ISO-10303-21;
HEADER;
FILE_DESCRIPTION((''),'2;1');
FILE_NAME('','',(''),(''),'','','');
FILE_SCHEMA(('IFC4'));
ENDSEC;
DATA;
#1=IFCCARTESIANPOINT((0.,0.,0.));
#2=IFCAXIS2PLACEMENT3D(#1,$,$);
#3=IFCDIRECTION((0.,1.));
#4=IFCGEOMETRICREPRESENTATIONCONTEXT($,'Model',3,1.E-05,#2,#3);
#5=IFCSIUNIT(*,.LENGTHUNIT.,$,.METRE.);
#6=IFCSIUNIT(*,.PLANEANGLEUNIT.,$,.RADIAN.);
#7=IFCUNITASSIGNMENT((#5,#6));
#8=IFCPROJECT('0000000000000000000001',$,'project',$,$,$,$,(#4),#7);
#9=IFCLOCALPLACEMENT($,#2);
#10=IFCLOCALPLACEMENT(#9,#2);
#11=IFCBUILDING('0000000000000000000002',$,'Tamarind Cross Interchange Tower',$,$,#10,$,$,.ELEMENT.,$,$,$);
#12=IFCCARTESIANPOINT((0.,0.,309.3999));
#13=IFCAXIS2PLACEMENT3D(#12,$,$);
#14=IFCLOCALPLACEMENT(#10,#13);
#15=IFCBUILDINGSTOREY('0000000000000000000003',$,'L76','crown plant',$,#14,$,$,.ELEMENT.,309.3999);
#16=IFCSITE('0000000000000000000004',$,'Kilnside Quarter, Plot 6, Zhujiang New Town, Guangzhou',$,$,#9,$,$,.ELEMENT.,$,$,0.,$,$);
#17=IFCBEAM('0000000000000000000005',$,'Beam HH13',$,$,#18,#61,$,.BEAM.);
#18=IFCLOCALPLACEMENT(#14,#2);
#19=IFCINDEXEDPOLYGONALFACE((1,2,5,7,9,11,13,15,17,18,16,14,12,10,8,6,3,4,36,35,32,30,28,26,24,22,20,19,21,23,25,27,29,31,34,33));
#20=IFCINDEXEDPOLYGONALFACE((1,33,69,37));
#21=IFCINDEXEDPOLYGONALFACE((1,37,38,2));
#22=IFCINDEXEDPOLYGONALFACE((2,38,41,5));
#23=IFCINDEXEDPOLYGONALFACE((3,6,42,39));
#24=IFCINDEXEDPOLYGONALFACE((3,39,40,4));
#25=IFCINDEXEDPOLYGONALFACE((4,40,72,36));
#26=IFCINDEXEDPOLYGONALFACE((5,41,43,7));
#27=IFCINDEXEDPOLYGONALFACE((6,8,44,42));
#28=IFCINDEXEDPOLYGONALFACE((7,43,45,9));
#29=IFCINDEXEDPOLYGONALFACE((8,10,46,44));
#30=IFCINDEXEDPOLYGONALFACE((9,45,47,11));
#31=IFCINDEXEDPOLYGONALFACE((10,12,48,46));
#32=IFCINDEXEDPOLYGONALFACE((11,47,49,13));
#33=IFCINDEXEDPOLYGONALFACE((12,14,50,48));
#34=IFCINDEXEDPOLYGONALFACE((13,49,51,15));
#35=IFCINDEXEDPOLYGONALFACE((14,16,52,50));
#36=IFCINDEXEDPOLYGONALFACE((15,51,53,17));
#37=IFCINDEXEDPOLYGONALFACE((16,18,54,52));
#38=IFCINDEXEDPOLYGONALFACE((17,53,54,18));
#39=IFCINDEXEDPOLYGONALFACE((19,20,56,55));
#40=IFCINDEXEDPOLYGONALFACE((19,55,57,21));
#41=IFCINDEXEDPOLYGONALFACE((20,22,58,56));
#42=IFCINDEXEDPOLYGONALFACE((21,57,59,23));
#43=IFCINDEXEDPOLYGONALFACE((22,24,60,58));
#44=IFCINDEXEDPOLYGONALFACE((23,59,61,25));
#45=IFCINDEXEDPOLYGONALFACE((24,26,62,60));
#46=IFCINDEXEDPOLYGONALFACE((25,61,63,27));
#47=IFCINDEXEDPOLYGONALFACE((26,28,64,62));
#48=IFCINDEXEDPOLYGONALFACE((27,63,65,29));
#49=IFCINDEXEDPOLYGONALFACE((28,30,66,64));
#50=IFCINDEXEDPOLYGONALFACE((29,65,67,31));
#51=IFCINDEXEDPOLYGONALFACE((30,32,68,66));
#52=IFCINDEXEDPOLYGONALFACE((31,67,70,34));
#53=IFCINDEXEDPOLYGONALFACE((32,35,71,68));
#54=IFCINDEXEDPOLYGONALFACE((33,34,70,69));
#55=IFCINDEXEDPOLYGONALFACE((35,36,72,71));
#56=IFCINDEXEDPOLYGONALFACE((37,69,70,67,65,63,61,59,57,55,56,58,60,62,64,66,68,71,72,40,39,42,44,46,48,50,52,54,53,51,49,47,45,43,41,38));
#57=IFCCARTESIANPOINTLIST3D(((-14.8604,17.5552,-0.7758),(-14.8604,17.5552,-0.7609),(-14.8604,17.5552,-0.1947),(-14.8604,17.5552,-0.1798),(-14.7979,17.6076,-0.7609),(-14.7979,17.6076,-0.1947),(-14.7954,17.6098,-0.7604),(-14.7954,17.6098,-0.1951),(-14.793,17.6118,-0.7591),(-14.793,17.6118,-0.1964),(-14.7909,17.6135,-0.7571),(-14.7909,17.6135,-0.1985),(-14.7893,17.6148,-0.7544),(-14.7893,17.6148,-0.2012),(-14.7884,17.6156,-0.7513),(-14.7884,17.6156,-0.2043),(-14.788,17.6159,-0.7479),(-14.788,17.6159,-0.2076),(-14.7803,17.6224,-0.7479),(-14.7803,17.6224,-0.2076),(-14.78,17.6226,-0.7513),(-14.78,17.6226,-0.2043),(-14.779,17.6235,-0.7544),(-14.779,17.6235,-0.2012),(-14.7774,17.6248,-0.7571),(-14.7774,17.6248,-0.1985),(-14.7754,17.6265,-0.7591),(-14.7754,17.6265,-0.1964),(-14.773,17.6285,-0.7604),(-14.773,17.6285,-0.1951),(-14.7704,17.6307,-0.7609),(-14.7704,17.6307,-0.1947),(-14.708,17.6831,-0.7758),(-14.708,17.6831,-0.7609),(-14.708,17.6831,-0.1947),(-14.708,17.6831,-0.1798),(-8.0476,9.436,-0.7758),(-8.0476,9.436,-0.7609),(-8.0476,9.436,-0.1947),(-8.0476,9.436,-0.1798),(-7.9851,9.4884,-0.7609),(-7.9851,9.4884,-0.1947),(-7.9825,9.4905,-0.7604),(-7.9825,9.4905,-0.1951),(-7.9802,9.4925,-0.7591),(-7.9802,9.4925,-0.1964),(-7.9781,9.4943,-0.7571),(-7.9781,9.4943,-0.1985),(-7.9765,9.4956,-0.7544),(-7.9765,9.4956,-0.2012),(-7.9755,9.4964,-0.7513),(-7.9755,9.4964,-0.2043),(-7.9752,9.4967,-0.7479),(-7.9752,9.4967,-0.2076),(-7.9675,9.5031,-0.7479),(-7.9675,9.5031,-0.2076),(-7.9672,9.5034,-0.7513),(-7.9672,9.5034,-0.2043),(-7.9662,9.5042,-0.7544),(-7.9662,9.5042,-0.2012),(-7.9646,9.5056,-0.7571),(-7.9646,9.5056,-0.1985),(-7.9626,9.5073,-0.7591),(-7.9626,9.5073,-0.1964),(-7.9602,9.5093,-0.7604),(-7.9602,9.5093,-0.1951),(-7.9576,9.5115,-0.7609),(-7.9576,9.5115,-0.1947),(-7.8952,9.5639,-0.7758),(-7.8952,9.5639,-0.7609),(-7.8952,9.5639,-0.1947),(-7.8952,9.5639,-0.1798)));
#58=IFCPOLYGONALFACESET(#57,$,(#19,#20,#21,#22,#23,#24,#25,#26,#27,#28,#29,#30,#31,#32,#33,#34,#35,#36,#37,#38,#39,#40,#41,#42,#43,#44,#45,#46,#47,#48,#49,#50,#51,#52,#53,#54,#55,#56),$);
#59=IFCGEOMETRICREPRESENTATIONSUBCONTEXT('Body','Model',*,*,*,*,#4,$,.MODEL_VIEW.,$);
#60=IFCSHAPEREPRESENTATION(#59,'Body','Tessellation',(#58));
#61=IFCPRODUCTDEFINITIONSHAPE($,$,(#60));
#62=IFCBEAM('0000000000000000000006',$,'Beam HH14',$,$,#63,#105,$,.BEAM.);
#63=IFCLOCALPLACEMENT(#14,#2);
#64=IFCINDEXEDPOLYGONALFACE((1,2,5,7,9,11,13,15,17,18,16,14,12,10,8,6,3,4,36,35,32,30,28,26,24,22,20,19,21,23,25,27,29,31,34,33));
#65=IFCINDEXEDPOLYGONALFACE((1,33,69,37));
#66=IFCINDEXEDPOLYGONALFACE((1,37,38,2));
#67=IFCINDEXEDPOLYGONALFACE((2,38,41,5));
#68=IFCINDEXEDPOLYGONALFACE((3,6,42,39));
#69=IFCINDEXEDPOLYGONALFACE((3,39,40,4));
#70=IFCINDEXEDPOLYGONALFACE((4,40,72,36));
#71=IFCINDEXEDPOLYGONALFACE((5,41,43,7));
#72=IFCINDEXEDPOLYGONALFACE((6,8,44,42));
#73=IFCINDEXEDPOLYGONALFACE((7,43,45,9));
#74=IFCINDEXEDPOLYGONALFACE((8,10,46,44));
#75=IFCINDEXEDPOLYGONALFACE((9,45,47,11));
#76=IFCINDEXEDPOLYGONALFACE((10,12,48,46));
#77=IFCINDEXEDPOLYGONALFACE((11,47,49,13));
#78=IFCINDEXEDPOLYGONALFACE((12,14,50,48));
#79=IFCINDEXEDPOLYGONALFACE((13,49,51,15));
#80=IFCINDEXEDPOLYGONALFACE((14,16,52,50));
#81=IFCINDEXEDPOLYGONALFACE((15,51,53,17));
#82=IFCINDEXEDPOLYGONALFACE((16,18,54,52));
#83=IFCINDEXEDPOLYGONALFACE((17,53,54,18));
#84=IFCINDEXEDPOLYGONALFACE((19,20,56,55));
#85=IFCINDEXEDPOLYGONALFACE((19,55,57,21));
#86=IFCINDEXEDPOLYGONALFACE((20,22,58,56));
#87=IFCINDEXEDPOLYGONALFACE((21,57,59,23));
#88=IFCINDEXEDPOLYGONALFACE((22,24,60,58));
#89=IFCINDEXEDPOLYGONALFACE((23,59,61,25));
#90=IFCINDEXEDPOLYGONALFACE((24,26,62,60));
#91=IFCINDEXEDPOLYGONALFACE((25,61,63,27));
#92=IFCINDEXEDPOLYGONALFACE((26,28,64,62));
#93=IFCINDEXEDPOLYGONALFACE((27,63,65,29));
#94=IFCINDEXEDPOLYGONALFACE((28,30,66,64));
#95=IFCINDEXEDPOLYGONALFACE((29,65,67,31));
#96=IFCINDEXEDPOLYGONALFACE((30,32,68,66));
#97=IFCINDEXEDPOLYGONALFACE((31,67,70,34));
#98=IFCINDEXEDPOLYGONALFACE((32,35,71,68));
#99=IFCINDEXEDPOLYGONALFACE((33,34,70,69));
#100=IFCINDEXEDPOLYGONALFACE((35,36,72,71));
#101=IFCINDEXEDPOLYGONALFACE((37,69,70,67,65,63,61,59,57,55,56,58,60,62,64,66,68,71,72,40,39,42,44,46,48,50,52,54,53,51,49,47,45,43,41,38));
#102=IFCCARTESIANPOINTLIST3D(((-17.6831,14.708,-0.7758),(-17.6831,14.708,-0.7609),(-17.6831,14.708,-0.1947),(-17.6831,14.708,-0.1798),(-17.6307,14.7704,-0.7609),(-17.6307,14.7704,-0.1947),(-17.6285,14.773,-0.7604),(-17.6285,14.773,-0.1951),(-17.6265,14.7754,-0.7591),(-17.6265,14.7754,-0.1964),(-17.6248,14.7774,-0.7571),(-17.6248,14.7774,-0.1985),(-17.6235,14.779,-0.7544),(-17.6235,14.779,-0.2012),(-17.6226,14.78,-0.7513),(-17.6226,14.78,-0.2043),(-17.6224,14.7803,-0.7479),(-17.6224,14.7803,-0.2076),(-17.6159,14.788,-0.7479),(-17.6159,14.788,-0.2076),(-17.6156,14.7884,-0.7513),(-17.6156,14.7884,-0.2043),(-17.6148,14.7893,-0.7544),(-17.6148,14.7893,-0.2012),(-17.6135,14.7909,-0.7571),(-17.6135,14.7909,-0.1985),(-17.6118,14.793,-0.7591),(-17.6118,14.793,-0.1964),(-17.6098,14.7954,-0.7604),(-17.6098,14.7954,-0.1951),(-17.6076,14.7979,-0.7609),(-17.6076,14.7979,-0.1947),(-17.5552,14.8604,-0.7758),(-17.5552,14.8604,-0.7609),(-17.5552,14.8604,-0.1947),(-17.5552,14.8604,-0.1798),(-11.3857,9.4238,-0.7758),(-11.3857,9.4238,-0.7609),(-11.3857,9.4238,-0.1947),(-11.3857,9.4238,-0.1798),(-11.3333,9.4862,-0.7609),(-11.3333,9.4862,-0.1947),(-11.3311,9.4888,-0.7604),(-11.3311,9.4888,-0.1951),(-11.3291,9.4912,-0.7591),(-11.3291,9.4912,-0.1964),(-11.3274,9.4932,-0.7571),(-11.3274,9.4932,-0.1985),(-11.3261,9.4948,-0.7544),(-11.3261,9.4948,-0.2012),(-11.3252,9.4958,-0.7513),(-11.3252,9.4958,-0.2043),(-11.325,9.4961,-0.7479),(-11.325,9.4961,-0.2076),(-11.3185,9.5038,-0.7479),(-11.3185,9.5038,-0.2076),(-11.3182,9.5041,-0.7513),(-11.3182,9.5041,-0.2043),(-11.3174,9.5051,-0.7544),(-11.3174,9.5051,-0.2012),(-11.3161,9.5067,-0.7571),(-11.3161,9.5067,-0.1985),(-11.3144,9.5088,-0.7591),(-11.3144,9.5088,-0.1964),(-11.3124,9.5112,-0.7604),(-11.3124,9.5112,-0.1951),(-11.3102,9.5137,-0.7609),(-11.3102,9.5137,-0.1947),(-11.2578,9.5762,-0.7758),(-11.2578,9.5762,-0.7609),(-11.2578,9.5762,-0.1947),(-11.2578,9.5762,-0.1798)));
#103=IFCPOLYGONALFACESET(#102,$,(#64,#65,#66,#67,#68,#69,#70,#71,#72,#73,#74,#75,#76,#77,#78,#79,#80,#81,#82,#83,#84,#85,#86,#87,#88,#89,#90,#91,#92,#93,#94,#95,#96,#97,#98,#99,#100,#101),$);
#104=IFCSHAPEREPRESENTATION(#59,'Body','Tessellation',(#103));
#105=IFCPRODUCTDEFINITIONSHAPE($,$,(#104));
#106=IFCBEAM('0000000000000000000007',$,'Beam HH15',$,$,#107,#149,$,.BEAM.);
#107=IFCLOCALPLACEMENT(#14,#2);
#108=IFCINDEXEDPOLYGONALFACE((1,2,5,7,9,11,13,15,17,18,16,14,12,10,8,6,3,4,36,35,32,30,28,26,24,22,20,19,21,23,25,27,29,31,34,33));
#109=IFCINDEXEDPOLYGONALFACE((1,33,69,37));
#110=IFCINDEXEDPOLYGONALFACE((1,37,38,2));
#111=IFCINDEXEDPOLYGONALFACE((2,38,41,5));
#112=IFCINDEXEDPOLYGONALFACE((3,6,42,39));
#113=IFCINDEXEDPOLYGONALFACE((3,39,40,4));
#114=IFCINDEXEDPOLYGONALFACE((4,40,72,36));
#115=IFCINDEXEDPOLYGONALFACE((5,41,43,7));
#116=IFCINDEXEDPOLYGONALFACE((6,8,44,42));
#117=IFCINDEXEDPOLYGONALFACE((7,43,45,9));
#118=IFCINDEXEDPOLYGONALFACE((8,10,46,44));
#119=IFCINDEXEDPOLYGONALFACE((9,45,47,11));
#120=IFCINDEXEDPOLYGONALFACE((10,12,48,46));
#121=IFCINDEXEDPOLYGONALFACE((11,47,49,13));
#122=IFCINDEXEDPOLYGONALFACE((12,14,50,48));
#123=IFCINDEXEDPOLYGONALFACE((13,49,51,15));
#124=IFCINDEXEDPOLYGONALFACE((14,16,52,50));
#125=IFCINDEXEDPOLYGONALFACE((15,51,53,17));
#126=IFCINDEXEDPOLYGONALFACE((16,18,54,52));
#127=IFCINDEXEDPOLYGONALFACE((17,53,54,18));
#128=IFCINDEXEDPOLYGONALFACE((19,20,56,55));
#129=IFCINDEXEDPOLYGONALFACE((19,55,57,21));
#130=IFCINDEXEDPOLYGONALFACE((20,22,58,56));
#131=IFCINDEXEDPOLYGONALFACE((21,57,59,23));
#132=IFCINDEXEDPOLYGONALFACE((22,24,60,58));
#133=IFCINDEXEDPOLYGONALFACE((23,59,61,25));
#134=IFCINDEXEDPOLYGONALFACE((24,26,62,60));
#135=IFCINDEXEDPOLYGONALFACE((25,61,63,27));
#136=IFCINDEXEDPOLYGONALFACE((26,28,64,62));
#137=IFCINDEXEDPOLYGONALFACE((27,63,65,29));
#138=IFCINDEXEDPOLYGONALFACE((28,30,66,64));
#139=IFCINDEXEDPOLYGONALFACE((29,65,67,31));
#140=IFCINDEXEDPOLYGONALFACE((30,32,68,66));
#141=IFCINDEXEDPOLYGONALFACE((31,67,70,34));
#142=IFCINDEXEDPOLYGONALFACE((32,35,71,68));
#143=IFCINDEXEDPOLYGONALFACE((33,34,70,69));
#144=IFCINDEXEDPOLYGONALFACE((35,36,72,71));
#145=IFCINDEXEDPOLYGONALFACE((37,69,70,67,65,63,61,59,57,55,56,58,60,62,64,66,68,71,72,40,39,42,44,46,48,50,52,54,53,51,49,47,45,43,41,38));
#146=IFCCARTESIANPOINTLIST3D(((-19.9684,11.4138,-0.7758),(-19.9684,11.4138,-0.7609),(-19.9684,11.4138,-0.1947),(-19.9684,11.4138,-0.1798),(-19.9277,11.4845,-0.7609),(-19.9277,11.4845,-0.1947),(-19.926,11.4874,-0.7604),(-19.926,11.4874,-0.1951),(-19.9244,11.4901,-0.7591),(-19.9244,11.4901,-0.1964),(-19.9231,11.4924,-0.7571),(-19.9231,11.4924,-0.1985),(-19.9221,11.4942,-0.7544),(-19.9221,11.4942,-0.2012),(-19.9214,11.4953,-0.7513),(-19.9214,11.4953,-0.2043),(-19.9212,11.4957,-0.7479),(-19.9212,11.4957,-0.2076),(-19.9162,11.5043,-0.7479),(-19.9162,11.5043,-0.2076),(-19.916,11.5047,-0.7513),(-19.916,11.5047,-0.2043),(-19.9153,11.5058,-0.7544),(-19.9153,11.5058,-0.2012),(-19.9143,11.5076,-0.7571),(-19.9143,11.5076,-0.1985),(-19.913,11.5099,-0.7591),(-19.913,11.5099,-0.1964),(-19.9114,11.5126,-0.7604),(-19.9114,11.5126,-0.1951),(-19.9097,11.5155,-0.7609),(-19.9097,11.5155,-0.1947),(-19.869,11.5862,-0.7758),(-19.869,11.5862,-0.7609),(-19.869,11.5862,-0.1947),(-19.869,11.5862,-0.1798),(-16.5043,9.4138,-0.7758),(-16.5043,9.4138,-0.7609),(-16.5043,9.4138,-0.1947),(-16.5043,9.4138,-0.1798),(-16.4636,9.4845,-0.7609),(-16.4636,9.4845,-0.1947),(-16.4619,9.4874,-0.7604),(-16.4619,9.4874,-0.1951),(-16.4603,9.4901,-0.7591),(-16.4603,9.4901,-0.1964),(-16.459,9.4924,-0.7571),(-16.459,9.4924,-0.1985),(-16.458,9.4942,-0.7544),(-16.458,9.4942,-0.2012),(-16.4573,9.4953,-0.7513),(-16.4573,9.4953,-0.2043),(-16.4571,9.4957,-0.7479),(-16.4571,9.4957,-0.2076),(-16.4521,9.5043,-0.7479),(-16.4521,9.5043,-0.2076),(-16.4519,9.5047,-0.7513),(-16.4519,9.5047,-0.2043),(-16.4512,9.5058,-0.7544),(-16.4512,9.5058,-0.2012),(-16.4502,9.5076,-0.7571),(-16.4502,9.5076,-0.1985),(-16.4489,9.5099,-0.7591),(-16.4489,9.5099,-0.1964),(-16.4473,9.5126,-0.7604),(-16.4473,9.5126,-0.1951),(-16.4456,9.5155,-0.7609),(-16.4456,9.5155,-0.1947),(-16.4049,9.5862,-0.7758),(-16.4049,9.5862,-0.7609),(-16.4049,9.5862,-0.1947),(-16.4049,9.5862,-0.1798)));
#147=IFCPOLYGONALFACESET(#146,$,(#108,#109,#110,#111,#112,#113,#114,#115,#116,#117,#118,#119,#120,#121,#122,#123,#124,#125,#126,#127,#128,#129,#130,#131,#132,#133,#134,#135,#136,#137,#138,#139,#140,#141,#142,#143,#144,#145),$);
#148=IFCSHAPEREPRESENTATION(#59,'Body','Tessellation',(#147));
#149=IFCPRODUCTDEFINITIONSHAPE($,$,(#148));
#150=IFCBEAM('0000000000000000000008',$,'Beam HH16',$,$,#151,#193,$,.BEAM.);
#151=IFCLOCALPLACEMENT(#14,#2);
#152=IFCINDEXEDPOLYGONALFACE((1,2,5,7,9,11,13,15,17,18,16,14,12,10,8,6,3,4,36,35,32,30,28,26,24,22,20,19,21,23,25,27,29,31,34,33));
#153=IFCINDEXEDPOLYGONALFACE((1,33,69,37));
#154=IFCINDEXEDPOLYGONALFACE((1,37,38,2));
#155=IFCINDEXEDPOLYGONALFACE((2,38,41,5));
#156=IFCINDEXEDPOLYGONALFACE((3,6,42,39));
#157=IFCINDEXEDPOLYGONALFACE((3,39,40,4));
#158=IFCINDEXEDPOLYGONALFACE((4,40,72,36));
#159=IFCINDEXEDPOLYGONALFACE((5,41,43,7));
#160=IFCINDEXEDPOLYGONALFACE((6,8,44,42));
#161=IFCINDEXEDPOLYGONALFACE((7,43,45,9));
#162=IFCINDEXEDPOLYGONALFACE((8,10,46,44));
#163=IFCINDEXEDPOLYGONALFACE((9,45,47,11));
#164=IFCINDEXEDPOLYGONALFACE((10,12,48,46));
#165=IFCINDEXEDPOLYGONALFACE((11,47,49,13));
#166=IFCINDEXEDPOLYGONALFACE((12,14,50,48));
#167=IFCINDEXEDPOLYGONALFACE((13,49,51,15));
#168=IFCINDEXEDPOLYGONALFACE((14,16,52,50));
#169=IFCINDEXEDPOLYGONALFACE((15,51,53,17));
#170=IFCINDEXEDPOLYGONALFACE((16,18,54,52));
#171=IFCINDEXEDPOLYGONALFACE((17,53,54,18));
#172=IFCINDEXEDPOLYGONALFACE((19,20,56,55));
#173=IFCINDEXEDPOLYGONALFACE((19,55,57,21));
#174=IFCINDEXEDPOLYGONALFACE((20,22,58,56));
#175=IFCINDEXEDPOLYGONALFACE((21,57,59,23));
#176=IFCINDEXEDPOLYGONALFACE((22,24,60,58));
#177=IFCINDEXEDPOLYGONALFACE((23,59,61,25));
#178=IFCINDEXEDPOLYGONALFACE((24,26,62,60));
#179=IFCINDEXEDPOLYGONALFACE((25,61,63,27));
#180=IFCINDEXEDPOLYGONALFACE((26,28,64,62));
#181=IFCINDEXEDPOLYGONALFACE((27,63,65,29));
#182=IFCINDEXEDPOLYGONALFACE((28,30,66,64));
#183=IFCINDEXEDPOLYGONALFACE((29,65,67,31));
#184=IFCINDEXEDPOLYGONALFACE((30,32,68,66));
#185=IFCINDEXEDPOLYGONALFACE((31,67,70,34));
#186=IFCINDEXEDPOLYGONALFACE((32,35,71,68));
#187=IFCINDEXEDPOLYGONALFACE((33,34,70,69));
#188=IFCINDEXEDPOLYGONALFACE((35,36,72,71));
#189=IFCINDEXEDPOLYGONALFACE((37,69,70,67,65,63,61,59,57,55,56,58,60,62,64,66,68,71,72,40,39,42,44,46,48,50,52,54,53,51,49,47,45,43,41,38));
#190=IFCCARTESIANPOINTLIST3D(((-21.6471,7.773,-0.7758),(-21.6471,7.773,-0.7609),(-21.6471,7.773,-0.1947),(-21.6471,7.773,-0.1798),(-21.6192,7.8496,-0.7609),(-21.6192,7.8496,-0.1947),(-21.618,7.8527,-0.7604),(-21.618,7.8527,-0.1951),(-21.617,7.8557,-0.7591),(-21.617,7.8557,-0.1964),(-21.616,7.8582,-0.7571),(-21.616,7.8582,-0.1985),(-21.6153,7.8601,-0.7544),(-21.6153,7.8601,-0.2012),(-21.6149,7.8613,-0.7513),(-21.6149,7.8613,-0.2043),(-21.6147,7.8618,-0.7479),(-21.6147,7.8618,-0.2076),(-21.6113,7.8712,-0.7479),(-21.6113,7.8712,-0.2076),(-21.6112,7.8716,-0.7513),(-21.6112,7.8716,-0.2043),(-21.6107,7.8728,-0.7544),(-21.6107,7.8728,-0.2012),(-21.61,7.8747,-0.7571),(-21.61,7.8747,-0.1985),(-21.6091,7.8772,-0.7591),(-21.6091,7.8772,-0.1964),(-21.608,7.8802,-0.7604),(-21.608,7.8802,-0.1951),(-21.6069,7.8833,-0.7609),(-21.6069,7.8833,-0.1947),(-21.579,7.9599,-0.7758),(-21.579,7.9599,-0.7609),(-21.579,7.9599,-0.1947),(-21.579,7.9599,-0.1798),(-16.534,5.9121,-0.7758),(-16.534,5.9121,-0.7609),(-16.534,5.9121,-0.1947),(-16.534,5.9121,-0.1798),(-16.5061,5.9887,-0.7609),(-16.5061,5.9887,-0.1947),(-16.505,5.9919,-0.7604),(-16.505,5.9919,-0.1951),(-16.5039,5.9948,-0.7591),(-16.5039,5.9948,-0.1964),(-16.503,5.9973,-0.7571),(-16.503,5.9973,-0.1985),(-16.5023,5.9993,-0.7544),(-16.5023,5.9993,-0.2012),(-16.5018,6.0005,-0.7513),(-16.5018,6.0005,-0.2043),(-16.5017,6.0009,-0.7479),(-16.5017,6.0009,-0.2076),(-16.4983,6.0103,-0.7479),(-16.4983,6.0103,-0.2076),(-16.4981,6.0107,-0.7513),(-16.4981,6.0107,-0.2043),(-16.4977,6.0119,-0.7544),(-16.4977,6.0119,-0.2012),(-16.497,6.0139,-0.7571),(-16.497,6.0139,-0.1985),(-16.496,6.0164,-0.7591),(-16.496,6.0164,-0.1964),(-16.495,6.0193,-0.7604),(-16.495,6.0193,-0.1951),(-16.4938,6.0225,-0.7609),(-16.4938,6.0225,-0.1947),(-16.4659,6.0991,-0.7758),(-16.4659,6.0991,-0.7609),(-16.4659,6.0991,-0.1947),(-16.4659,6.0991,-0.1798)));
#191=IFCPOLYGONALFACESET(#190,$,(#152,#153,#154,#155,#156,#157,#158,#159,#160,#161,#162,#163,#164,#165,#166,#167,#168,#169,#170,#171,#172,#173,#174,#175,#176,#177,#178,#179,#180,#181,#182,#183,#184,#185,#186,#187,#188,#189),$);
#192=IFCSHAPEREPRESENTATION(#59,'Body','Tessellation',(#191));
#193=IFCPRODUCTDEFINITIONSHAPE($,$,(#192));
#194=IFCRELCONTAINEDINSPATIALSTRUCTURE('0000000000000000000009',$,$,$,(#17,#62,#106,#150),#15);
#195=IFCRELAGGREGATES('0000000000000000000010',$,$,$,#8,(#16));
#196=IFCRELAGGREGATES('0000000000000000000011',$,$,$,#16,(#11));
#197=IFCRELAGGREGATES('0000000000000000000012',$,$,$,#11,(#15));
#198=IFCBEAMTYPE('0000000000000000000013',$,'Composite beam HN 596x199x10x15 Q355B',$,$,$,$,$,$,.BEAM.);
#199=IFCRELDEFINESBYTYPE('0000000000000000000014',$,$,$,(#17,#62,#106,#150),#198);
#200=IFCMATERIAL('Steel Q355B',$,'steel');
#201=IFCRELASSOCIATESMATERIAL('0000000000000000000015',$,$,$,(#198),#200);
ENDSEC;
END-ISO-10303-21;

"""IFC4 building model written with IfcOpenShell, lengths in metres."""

from ifc_helpers import new_model, si_unit, direction, frame, origin, origin_2d, place, context, subcontext, project, spatial, i_section, extrude, material, material_profile, profile_set, type_object, element, save


model = new_model("IFC4")

# Units and contexts
model_context = context("Model", 3, precision=1e-05, world=origin(), true_north=direction((0.0, 1.0)))
body_context = subcontext(model_context, "Body", "Model", "MODEL_VIEW")
ifc_project = project(units=[si_unit("LENGTHUNIT", "METRE"), si_unit("PLANEANGLEUNIT", "RADIAN")], contexts=[model_context])

# Site, building, storey
site_placement = place(None, origin())
site = spatial("IfcSite", under=ifc_project, at=site_placement, Name="Kilnside Quarter, Plot 6, Zhujiang New Town, Guangzhou", CompositionType="ELEMENT", RefElevation=0.0)
building_placement = place(site_placement, origin())
building = spatial("IfcBuilding", under=site, at=building_placement, Name="Tamarind Cross Interchange Tower", CompositionType="ELEMENT")
storey_placement = place(building_placement, frame((0.0, 0.0, 309.3999)))
storey = spatial("IfcBuildingStorey", under=building, at=storey_placement, Name="L76", Description="crown plant", CompositionType="ELEMENT", Elevation=309.3999)

# Beams
ifc_material_1 = material(Name="Steel Q355B", Category="steel")
ifc_material_profile_1 = material_profile(ifc_material_1, i_section(OverallWidth=0.199, OverallDepth=0.5959, WebThickness=0.01, FlangeThickness=0.0149, FilletRadius=0.0129, at=origin_2d()), Name="HN 596x199x10x15")
ifc_profile_set_1 = profile_set([ifc_material_profile_1], Name="Steel Q355B")
beam_type = type_object("IfcBeamType", Name="Composite beam HN 596x199x10x15 Q355B", PredefinedType="BEAM", material=ifc_profile_set_1)
beam_1_placement = place(storey_placement, frame((-14.7842, 17.6191, -0.4778), z_axis=(0.642786, -0.766046, 0.0), x_axis=(0.766046, 0.642786, 0.0)))
element("IfcBeam", 1, at=beam_1_placement, inside=storey, type_object=beam_type, Name="Beam HH13", PredefinedType="BEAM", context=body_context, shape_type="SweptSolid", body=[
    extrude(i_section(OverallWidth=0.199, OverallDepth=0.5959, WebThickness=0.01, FlangeThickness=0.0149, FilletRadius=0.0129, at=origin_2d()), origin(), (0.0, 0.0, 1.0), 10.5989),
])
beam_2_placement = place(storey_placement, frame((-17.6191, 14.7842, -0.4778), z_axis=(0.766041, -0.642792, 0.0), x_axis=(0.642792, 0.766041, 0.0)))
element("IfcBeam", 2, at=beam_2_placement, inside=storey, type_object=beam_type, Name="Beam HH14", PredefinedType="BEAM", context=body_context, shape_type="SweptSolid", body=[
    extrude(i_section(OverallWidth=0.199, OverallDepth=0.5959, WebThickness=0.01, FlangeThickness=0.0149, FilletRadius=0.0129, at=origin_2d()), origin(), (0.0, 0.0, 1.0), 8.2207),
])
beam_3_placement = place(storey_placement, frame((-19.9187, 11.5, -0.4778), z_axis=(0.866026, -0.499999, 0.0), x_axis=(0.499999, 0.866026, 0.0)))
element("IfcBeam", 3, at=beam_3_placement, inside=storey, type_object=beam_type, Name="Beam HH15", PredefinedType="BEAM", context=body_context, shape_type="SweptSolid", body=[
    extrude(i_section(OverallWidth=0.199, OverallDepth=0.5959, WebThickness=0.01, FlangeThickness=0.0149, FilletRadius=0.0129, at=origin_2d()), origin(), (0.0, 0.0, 1.0), 4.0),
])
beam_4_placement = place(storey_placement, frame((-21.613, 7.8665, -0.4778), z_axis=(0.939702, -0.341995, 0.0), x_axis=(0.341995, 0.939702, 0.0)))
element("IfcBeam", 4, at=beam_4_placement, inside=storey, type_object=beam_type, Name="Beam HH16", PredefinedType="BEAM", context=body_context, shape_type="SweptSolid", body=[
    extrude(i_section(OverallWidth=0.199, OverallDepth=0.5959, WebThickness=0.01, FlangeThickness=0.0149, FilletRadius=0.0129, at=origin_2d()), origin(), (0.0, 0.0, 1.0), 5.4412),
])

save(model, "model.ifc")
